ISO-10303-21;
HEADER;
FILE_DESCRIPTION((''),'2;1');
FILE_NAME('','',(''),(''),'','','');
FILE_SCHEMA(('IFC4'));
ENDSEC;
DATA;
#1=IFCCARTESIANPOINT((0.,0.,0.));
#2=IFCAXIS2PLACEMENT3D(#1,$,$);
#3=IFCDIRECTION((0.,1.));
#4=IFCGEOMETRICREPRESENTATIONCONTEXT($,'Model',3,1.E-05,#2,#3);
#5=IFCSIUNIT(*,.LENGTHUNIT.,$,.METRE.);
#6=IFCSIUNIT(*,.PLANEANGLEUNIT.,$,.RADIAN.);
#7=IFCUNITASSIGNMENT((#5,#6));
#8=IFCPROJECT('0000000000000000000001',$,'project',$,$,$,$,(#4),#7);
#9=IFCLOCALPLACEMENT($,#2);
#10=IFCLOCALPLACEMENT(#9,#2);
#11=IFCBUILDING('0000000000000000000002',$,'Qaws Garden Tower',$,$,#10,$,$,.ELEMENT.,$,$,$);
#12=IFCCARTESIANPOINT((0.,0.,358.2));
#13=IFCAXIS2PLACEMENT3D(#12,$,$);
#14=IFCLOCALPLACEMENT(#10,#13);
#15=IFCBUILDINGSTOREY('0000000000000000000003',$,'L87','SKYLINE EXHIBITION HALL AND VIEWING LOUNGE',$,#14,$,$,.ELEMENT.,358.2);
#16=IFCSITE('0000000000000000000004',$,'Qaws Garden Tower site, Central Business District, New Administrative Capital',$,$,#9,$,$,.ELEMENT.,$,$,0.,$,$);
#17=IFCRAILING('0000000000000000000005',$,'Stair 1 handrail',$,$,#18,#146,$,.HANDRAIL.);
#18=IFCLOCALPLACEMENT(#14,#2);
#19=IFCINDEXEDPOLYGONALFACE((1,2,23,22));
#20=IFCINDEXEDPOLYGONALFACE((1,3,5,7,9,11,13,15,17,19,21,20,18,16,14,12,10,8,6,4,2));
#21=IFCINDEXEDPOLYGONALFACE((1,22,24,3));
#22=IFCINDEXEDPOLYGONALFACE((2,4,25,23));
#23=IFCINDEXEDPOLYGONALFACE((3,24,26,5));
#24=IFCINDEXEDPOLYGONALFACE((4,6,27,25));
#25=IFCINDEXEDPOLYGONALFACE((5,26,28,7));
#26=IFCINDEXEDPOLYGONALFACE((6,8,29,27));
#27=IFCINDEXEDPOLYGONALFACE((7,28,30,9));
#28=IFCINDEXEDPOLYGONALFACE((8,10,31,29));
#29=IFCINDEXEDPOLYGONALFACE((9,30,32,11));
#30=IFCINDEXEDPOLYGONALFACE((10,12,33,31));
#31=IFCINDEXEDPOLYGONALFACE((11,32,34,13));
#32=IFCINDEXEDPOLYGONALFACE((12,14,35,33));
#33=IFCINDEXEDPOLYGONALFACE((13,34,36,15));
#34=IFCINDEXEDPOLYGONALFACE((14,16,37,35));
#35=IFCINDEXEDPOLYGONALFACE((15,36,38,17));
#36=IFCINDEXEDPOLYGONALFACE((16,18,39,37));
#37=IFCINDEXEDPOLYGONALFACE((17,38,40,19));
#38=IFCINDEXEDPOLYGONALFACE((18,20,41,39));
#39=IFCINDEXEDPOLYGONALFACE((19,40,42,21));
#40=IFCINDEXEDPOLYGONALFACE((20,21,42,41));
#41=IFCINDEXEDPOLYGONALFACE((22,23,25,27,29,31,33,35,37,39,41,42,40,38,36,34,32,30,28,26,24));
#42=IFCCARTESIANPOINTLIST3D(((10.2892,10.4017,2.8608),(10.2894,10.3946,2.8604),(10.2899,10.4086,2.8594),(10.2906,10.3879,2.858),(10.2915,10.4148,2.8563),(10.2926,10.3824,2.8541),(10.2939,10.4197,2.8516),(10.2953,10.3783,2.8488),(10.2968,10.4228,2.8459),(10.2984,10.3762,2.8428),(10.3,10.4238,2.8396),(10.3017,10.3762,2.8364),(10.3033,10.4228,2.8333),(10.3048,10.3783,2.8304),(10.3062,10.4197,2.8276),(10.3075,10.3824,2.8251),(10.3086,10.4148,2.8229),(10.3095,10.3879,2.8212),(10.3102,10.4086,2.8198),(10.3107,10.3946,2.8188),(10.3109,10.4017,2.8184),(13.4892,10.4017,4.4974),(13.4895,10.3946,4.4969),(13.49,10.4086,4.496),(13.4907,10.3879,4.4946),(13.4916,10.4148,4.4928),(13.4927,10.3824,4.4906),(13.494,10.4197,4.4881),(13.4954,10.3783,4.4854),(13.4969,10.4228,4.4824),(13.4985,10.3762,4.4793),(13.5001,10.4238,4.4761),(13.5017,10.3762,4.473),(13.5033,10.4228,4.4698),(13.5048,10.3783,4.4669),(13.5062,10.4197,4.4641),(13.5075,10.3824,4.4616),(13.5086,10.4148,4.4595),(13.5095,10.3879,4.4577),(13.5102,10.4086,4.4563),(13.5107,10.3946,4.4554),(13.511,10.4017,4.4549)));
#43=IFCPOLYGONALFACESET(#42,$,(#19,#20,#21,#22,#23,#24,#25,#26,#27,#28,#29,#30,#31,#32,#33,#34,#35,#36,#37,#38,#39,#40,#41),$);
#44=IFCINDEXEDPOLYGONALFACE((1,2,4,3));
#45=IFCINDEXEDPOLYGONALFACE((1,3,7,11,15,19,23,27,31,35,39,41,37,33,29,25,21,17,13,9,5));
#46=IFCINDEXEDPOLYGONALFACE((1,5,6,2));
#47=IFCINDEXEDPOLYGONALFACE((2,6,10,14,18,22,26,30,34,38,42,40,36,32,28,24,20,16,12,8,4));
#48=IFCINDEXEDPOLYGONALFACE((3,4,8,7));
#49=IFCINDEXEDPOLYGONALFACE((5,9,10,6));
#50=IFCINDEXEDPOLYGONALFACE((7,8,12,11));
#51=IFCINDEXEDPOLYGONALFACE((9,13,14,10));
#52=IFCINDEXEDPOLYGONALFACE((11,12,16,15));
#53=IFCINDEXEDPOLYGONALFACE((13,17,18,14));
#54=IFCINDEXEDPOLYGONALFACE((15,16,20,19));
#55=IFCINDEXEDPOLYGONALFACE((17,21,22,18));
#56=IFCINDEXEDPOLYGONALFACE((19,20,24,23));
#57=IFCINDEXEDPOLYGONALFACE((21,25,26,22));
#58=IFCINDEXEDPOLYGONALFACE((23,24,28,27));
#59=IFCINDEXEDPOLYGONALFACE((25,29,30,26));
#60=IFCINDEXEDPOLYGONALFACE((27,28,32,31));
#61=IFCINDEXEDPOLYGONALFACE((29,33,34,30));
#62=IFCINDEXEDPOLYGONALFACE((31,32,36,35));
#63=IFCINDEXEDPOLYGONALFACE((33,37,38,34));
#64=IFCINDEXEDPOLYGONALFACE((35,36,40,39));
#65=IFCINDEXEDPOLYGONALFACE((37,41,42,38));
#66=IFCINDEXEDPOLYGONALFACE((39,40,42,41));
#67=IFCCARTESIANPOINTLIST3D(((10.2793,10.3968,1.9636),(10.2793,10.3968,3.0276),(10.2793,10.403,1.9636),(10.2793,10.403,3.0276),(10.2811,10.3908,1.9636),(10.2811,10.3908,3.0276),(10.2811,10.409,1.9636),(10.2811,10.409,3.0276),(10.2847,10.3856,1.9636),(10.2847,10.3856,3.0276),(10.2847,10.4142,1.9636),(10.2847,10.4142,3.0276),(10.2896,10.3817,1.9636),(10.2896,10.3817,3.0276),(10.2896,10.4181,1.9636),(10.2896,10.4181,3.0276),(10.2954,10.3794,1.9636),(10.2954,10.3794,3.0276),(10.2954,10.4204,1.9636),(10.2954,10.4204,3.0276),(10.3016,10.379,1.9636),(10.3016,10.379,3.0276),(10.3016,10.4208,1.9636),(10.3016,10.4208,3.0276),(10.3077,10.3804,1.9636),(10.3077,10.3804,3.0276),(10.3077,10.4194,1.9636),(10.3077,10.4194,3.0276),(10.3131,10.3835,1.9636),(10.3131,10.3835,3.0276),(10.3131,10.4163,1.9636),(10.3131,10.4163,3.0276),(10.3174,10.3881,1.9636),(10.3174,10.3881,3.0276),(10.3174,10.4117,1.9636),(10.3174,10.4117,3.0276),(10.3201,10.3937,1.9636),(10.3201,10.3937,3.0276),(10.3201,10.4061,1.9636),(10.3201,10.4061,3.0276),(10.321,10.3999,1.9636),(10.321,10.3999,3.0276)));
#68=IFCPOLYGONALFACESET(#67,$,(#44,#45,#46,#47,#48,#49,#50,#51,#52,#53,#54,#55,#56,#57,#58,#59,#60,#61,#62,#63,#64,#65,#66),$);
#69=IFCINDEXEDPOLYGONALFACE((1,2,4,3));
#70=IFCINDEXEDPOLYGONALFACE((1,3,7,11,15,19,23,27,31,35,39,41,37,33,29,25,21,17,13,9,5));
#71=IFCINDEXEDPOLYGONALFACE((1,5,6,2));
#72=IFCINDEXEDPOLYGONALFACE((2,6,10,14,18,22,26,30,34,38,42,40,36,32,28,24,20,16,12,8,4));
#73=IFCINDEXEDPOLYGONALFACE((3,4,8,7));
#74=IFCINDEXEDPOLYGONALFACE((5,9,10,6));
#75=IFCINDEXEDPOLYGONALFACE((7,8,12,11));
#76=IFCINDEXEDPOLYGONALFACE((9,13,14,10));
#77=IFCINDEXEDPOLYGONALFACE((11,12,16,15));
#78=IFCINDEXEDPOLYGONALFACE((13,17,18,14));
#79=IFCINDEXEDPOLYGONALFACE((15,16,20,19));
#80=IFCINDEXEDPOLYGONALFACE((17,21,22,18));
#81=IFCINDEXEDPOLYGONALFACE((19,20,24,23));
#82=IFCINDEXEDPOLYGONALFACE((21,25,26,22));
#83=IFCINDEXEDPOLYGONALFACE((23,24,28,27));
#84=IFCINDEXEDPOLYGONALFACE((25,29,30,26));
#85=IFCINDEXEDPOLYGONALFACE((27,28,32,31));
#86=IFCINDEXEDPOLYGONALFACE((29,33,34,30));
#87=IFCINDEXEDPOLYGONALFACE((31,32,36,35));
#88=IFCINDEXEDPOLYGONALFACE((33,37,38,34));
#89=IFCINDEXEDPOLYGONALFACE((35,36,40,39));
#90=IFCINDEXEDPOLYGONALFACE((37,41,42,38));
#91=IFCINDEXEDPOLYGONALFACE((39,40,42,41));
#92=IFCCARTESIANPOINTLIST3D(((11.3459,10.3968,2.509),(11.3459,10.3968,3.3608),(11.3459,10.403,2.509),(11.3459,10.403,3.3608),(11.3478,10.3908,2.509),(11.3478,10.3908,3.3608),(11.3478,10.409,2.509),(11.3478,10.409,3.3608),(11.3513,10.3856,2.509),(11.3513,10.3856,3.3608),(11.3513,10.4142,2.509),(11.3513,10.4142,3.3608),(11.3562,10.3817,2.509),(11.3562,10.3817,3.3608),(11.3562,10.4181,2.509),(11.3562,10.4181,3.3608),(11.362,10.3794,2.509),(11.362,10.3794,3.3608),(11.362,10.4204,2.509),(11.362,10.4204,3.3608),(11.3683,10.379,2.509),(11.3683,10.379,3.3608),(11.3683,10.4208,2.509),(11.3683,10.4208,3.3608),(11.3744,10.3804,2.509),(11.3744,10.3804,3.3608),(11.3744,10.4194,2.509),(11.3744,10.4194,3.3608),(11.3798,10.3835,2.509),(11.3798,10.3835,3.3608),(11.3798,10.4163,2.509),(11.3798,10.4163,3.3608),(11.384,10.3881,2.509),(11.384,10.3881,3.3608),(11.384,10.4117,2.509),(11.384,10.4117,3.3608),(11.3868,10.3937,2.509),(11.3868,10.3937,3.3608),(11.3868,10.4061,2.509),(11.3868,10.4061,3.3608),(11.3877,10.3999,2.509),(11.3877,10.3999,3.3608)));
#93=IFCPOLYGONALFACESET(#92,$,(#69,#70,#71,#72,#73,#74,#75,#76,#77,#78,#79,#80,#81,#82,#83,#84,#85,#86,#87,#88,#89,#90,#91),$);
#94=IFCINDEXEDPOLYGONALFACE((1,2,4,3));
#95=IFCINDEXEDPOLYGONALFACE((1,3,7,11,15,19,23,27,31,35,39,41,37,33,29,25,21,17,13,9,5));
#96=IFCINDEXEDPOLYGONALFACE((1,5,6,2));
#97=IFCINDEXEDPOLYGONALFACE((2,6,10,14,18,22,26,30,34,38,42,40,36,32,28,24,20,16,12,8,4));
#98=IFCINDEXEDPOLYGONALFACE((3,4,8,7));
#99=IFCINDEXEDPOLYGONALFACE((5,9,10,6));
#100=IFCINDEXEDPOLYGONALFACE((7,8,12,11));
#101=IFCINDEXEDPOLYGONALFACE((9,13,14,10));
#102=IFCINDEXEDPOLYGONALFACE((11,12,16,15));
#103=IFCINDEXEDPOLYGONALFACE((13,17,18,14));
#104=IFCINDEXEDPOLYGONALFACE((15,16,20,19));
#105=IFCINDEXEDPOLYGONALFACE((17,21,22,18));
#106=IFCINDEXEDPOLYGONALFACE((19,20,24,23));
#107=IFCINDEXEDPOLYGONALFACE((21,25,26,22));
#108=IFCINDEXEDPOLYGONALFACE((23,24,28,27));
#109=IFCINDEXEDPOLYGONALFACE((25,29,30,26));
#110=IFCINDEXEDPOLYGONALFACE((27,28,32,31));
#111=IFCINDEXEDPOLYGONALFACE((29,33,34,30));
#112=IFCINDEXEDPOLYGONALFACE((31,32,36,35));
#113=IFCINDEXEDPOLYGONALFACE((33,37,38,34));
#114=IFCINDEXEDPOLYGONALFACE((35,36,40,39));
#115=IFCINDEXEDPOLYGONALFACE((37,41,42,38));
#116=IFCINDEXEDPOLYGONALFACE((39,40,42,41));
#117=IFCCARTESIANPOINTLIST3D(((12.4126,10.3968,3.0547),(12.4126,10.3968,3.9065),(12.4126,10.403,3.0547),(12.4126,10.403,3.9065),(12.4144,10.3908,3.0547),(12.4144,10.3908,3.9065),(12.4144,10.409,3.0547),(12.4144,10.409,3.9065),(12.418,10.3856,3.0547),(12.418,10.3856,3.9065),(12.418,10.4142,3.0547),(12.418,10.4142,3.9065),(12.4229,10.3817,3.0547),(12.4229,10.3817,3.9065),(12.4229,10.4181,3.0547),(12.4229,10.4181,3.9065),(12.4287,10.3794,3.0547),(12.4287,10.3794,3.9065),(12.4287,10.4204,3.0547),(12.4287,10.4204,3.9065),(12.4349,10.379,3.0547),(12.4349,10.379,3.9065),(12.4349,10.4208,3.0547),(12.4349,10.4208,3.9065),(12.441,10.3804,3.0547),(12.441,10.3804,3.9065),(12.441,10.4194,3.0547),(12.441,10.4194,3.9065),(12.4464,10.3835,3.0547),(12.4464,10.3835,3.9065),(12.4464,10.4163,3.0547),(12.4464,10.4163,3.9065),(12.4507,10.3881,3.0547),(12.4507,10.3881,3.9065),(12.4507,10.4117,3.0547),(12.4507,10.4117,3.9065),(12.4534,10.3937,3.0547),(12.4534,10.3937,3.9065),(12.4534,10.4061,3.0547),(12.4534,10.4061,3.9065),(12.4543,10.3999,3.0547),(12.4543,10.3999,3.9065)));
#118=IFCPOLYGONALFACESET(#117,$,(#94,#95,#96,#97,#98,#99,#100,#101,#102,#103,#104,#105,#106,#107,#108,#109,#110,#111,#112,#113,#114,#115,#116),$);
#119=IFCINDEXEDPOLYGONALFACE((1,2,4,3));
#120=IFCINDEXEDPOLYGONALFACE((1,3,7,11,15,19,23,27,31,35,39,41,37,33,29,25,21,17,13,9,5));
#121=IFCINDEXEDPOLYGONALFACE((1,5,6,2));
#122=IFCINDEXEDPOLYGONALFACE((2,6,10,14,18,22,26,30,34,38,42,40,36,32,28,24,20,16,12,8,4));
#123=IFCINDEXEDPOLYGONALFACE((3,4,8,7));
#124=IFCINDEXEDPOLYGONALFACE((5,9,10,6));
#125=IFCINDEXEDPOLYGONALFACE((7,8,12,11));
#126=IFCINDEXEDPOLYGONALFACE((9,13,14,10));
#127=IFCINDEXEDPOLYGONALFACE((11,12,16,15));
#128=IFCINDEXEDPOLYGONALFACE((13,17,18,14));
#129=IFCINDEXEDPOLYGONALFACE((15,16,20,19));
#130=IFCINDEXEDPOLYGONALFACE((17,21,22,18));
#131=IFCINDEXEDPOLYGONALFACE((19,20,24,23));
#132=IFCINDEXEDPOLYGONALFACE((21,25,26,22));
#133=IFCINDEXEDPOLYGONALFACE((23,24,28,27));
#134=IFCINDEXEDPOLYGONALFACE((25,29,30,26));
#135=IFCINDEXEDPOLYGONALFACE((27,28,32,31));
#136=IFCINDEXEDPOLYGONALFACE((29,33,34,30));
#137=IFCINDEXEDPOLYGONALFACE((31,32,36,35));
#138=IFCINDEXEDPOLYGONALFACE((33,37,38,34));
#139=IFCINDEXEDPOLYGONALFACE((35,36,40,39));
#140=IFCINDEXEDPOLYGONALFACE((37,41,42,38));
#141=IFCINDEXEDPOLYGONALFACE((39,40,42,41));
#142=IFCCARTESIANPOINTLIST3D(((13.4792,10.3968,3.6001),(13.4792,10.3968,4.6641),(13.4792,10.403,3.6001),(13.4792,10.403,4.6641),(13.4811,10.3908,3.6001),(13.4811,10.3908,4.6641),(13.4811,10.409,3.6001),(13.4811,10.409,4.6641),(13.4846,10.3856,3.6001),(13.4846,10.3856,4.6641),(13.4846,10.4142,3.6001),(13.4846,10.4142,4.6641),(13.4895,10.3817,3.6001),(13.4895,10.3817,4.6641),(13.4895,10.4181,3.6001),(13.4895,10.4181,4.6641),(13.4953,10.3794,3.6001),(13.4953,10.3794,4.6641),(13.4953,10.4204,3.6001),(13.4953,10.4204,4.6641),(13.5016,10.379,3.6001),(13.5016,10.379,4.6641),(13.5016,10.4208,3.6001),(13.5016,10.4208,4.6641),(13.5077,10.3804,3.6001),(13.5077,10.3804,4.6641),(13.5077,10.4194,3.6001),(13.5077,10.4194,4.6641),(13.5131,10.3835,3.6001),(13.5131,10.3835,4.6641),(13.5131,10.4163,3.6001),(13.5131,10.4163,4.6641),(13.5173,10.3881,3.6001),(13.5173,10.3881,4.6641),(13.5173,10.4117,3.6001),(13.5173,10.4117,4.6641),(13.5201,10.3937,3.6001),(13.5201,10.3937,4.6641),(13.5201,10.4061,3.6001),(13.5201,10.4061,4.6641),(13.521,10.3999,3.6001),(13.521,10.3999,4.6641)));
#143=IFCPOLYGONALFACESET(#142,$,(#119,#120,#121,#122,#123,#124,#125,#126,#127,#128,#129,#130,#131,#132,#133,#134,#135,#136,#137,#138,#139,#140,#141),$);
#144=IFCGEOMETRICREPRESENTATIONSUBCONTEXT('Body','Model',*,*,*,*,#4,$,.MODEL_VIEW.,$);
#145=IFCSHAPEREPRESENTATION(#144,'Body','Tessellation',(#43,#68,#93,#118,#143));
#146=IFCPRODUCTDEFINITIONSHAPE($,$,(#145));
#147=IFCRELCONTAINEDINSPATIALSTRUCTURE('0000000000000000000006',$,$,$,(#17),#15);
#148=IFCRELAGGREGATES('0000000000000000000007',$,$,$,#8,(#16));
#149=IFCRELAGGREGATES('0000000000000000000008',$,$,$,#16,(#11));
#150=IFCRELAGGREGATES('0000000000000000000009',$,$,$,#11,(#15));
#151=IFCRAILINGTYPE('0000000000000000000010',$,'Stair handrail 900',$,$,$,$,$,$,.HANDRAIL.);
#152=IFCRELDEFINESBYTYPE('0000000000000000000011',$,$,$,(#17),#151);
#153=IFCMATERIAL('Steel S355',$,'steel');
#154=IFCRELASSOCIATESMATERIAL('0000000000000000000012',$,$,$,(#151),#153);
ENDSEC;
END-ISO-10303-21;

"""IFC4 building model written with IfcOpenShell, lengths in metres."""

from ifc_helpers import new_model, si_unit, direction, frame, origin, origin_2d, place, context, subcontext, project, spatial, circle, extrude, material, type_object, element, save


model = new_model("IFC4")

# Units and contexts
model_context = context("Model", 3, precision=1e-05, world=origin(), true_north=direction((0.0, 1.0)))
body_context = subcontext(model_context, "Body", "Model", "MODEL_VIEW")
ifc_project = project(units=[si_unit("LENGTHUNIT", "METRE"), si_unit("PLANEANGLEUNIT", "RADIAN")], contexts=[model_context])

# Site, building, storey
site_placement = place(None, origin())
site = spatial("IfcSite", under=ifc_project, at=site_placement, Name="Qaws Garden Tower site, Central Business District, New Administrative Capital", CompositionType="ELEMENT", RefElevation=0.0)
building_placement = place(site_placement, origin())
building = spatial("IfcBuilding", under=site, at=building_placement, Name="Qaws Garden Tower", CompositionType="ELEMENT")
storey_placement = place(building_placement, frame((0.0, 0.0, 358.2)))
storey = spatial("IfcBuildingStorey", under=building, at=storey_placement, Name="L87", Description="SKYLINE EXHIBITION HALL AND VIEWING LOUNGE", CompositionType="ELEMENT", Elevation=358.2)

# Railing
ifc_material_1 = material(Name="Steel S355", Category="steel")
railing_type = type_object("IfcRailingType", Name="Stair handrail 900", PredefinedType="HANDRAIL", material=ifc_material_1)
railing_1_placement = place(storey_placement, frame((10.3, 10.3999, 1.9636)))
element("IfcRailing", 1, at=railing_1_placement, inside=storey, type_object=railing_type, Name="Stair 1 handrail", PredefinedType="HANDRAIL", context=body_context, shape_type="SweptSolid", body=[
    extrude(circle(Radius=0.0239, at=origin_2d()), frame((0.0, 0.0, 0.876), z_axis=(0.890328, 0.0, 0.455319), x_axis=(0.0, 1.0, 0.0)), (0.0, 0.0, 1.0), 3.5942),
    extrude(circle(Radius=0.021, at=origin_2d()), origin(), (0.0, 0.0, 1.0), 1.064),
    extrude(circle(Radius=0.021, at=origin_2d()), frame((1.0667, 0.0, 0.5454)), (0.0, 0.0, 1.0), 0.8518),
    extrude(circle(Radius=0.021, at=origin_2d()), frame((2.1333, 0.0, 1.0911)), (0.0, 0.0, 1.0), 0.8518),
    extrude(circle(Radius=0.021, at=origin_2d()), frame((3.2, 0.0, 1.6365)), (0.0, 0.0, 1.0), 1.064),
])

save(model, "model.ifc")
